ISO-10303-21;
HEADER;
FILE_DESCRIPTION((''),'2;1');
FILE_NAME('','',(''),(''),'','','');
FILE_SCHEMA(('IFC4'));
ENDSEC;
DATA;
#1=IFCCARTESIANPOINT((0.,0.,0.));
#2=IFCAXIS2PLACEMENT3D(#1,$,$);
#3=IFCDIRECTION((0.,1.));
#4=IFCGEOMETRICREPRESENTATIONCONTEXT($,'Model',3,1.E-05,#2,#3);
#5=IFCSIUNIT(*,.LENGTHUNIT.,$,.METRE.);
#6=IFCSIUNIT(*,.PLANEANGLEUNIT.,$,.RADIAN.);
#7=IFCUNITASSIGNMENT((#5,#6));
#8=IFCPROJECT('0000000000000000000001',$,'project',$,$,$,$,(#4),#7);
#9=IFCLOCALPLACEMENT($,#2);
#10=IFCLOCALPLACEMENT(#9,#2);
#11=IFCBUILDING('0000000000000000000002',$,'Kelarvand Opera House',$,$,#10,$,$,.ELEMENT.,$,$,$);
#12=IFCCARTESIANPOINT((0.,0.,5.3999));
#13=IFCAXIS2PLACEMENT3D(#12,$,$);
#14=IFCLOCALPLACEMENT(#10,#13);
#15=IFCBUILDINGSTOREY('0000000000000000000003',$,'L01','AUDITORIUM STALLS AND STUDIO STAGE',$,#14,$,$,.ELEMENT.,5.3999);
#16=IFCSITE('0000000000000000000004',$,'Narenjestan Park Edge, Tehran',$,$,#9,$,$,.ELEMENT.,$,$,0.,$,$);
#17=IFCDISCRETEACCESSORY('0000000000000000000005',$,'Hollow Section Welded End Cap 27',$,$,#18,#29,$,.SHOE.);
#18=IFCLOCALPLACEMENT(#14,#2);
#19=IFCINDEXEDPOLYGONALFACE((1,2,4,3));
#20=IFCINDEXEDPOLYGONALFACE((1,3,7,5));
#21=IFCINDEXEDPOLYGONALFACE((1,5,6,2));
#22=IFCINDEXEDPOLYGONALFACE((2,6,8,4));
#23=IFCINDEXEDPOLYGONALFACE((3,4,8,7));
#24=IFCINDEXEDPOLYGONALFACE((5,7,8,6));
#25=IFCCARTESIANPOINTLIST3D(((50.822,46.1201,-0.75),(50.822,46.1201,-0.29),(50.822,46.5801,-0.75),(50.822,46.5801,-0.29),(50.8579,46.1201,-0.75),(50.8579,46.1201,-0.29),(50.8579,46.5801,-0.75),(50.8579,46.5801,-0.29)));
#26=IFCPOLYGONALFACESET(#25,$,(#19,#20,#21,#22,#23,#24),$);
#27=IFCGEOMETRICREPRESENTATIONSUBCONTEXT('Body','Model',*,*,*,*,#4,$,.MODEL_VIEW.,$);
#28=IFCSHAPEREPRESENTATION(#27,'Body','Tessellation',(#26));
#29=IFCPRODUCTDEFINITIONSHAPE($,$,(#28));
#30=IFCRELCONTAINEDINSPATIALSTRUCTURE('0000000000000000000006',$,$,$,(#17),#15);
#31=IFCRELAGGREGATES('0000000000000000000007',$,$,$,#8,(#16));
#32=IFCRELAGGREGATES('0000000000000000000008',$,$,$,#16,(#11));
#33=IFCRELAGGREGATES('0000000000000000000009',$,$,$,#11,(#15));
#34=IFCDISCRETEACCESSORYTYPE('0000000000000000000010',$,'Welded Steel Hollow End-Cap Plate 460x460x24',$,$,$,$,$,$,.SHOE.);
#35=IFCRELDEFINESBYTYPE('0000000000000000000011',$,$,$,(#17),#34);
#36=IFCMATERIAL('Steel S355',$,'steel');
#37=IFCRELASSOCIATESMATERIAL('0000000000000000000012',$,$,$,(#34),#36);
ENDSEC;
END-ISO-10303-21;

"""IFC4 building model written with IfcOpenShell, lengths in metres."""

from ifc_helpers import new_model, si_unit, direction, frame, origin, origin_2d, place, context, subcontext, project, spatial, rectangle, extrude, material, material_profile, profile_set, type_object, element, save


model = new_model("IFC4")

# Units and contexts
model_context = context("Model", 3, precision=1e-05, world=origin(), true_north=direction((0.0, 1.0)))
body_context = subcontext(model_context, "Body", "Model", "MODEL_VIEW")
ifc_project = project(units=[si_unit("LENGTHUNIT", "METRE"), si_unit("PLANEANGLEUNIT", "RADIAN")], contexts=[model_context])

# Site, building, storey
site_placement = place(None, origin())
site = spatial("IfcSite", under=ifc_project, at=site_placement, Name="Narenjestan Park Edge, Tehran", CompositionType="ELEMENT", RefElevation=0.0)
building_placement = place(site_placement, origin())
building = spatial("IfcBuilding", under=site, at=building_placement, Name="Kelarvand Opera House", CompositionType="ELEMENT")
storey_placement = place(building_placement, frame((0.0, 0.0, 5.3999)))
storey = spatial("IfcBuildingStorey", under=building, at=storey_placement, Name="L01", Description="AUDITORIUM STALLS AND STUDIO STAGE", CompositionType="ELEMENT", Elevation=5.3999)

# Shared definitions
ifc_material_1 = material(Name="Steel S355", Category="steel")

# Discrete accessory
ifc_material_profile_1 = material_profile(ifc_material_1, rectangle(XDim=0.46, YDim=0.46, at=origin_2d()), Name="Welded Steel Hollow End-Cap Plate 460x460x24", Category="steel")
ifc_profile_set_1 = profile_set([ifc_material_profile_1], Name="Steel S355")
discrete_accessory_type_1 = type_object("IfcDiscreteAccessoryType", Name="Welded Steel Hollow End-Cap Plate 460x460x24", PredefinedType="SHOE", material=ifc_profile_set_1)
for number, where, z_axis, x_axis, name in (
    (1, (50.8579, 46.3501, -0.52), (-1.0, 0.0, 0.0), (0.0, -1.0, 0.0), "Hollow Section Welded End Cap 27"),
):
    element("IfcDiscreteAccessory", number, at=place(storey_placement, frame(where, z_axis=z_axis, x_axis=x_axis)), inside=storey, type_object=discrete_accessory_type_1, Name=name, PredefinedType="SHOE", context=body_context, shape_type="SweptSolid", body=[
        extrude(rectangle(XDim=0.46, YDim=0.46, at=origin_2d()), origin(), (0.0, 0.0, 1.0), 0.0359),
    ])

save(model, "model.ifc")
